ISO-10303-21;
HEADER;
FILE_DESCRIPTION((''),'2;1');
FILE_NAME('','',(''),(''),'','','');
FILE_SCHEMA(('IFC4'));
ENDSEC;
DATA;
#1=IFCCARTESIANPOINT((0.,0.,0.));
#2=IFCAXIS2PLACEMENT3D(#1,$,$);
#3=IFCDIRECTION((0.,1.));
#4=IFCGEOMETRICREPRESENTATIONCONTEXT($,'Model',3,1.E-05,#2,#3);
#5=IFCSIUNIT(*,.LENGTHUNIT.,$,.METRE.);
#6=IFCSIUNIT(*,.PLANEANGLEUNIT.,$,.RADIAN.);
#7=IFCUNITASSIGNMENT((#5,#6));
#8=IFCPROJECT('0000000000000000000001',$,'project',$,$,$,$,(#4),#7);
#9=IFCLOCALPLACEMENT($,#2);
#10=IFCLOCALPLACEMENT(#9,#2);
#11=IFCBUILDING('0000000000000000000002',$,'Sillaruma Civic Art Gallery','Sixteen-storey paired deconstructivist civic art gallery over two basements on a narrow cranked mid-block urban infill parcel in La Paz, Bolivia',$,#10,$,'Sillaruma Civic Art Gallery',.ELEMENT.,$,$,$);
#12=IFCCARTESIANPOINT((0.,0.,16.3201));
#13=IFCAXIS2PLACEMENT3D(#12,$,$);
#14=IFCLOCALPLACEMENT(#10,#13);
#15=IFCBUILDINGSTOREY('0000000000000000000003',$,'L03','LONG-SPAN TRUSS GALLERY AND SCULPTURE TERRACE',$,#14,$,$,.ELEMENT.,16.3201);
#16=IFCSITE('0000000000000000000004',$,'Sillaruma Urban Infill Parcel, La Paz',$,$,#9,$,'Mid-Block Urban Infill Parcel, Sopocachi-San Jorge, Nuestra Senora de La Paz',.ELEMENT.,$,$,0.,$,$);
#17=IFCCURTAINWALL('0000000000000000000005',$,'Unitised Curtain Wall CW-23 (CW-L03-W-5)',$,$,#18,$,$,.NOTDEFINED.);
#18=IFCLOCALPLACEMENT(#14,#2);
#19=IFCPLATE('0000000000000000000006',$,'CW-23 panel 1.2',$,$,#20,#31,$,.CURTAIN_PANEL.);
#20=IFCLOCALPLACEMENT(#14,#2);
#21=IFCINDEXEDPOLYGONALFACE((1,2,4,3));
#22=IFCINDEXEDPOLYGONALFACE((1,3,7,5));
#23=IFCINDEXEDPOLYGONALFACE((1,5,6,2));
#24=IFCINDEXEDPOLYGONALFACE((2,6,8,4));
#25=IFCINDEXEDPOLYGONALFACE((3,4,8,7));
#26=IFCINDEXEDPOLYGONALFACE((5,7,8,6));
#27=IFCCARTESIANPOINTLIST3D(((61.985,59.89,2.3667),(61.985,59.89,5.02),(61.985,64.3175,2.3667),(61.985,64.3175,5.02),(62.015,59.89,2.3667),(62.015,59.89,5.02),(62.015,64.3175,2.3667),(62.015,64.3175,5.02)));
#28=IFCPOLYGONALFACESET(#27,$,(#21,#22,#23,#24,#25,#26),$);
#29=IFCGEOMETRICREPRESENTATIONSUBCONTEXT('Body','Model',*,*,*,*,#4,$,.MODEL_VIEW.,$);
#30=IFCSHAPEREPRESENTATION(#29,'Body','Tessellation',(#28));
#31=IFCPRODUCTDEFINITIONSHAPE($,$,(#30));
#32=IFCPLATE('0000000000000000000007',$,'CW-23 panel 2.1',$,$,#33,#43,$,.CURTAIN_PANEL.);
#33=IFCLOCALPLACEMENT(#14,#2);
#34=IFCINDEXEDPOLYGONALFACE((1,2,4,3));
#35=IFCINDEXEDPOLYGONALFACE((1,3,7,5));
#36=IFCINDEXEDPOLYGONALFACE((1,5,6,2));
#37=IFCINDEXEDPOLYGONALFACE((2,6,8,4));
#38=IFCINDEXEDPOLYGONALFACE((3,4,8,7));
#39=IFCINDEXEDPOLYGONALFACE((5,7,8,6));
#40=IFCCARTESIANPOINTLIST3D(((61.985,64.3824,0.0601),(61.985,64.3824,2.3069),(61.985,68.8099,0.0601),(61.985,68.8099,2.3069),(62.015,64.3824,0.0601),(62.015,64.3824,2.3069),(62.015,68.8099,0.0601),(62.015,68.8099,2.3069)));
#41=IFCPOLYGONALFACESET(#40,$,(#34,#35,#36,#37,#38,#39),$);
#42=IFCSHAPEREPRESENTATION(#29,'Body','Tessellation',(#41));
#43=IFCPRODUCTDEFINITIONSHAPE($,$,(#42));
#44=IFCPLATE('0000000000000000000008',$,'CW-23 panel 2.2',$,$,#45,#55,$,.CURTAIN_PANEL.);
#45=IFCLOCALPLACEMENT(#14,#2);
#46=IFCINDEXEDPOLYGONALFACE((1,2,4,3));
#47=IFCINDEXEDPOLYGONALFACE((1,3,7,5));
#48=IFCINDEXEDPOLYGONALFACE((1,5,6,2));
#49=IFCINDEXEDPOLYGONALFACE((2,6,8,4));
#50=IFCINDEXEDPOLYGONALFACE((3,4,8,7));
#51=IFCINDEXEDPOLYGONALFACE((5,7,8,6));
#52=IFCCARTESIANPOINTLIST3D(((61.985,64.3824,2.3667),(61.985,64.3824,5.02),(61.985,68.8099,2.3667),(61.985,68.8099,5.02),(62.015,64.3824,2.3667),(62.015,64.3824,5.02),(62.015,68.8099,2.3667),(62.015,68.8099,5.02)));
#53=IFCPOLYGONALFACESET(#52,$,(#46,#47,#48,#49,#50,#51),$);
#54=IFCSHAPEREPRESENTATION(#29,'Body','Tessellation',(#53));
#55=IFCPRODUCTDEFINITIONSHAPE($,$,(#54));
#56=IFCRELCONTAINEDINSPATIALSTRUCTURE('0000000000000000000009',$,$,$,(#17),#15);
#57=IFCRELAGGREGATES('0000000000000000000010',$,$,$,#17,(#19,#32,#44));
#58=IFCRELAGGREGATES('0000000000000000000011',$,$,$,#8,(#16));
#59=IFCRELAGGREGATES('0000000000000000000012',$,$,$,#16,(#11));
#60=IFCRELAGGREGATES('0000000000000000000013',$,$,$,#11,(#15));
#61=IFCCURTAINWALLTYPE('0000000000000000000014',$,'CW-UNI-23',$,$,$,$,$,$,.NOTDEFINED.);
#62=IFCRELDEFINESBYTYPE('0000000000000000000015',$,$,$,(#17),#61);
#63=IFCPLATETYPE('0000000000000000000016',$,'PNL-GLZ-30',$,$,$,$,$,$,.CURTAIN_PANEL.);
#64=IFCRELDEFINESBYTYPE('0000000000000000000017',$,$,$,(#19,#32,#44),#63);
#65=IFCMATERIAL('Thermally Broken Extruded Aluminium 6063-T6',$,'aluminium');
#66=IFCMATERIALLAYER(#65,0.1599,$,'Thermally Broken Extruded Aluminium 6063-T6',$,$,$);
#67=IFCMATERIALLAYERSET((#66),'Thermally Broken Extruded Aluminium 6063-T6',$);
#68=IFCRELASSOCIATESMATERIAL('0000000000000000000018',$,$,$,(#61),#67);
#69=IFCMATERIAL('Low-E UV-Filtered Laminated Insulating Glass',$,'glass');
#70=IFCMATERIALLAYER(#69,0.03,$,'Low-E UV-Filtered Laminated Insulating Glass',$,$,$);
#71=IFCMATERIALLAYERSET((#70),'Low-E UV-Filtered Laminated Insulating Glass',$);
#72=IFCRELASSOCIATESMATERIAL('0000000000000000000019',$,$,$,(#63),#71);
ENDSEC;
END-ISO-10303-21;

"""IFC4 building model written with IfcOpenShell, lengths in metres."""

from ifc_helpers import new_model, si_unit, direction, frame, origin, origin_2d, place, context, subcontext, project, spatial, rectangle, extrude, material, layer, layer_set, type_object, element, aggregate, save


model = new_model("IFC4")

# Units and contexts
model_context = context("Model", 3, precision=1e-05, world=origin(), true_north=direction((0.0, 1.0)))
body_context = subcontext(model_context, "Body", "Model", "MODEL_VIEW")
ifc_project = project(units=[si_unit("LENGTHUNIT", "METRE"), si_unit("PLANEANGLEUNIT", "RADIAN")], contexts=[model_context])

# Site, building, storey
site_placement = place(None, origin())
site = spatial("IfcSite", under=ifc_project, at=site_placement, Name="Sillaruma Urban Infill Parcel, La Paz", LongName="Mid-Block Urban Infill Parcel, Sopocachi-San Jorge, Nuestra Senora de La Paz", CompositionType="ELEMENT", RefElevation=0.0)
building_placement = place(site_placement, origin())
building = spatial("IfcBuilding", under=site, at=building_placement, Name="Sillaruma Civic Art Gallery", Description="Sixteen-storey paired deconstructivist civic art gallery over two basements on a narrow cranked mid-block urban infill parcel in La Paz, Bolivia", LongName="Sillaruma Civic Art Gallery", CompositionType="ELEMENT")
storey_placement = place(building_placement, frame((0.0, 0.0, 16.3201)))
storey = spatial("IfcBuildingStorey", under=building, at=storey_placement, Name="L03", Description="LONG-SPAN TRUSS GALLERY AND SCULPTURE TERRACE", CompositionType="ELEMENT", Elevation=16.3201)

# Curtain wall
ifc_material_1 = material(Name="Thermally Broken Extruded Aluminium 6063-T6", Category="aluminium")
ifc_layer_1 = layer(ifc_material_1, 0.1599, Name="Thermally Broken Extruded Aluminium 6063-T6")
ifc_layer_set_1 = layer_set([ifc_layer_1], Name="Thermally Broken Extruded Aluminium 6063-T6")
curtain_wall_type_1 = type_object("IfcCurtainWallType", Name="CW-UNI-23", PredefinedType="NOTDEFINED", material=ifc_layer_set_1)
curtain_wall_1_placement = place(storey_placement, origin())
curtain_wall_1 = element("IfcCurtainWall", 1, at=curtain_wall_1_placement, inside=storey, type_object=curtain_wall_type_1, Name="Unitised Curtain Wall CW-23 (CW-L03-W-5)", PredefinedType="NOTDEFINED")

# Plates
ifc_material_2 = material(Name="Low-E UV-Filtered Laminated Insulating Glass", Category="glass")
ifc_layer_2 = layer(ifc_material_2, 0.03, Name="Low-E UV-Filtered Laminated Insulating Glass")
ifc_layer_set_2 = layer_set([ifc_layer_2], Name="Low-E UV-Filtered Laminated Insulating Glass")
plate_type = type_object("IfcPlateType", Name="PNL-GLZ-30", PredefinedType="CURTAIN_PANEL", material=ifc_layer_set_2)
plate_1_placement = place(storey_placement, frame((62.0, 62.1038, 2.3667), z_axis=(0.0, 0.0, 1.0), x_axis=(0.0, 1.0, 0.0)))
plate_1 = element("IfcPlate", 2, at=plate_1_placement, type_object=plate_type, Name="CW-23 panel 1.2", PredefinedType="CURTAIN_PANEL", context=body_context, shape_type="SweptSolid", body=[
    extrude(rectangle(XDim=4.4275, YDim=0.03, at=origin_2d()), origin(), (0.0, 0.0, 1.0), 2.6533),
])
plate_2_placement = place(storey_placement, frame((62.0, 66.5962, 0.0601), z_axis=(0.0, 0.0, 1.0), x_axis=(0.0, 1.0, 0.0)))
plate_2 = element("IfcPlate", 3, at=plate_2_placement, type_object=plate_type, Name="CW-23 panel 2.1", PredefinedType="CURTAIN_PANEL", context=body_context, shape_type="SweptSolid", body=[
    extrude(rectangle(XDim=4.4275, YDim=0.03, at=origin_2d()), origin(), (0.0, 0.0, 1.0), 2.2468),
])
plate_3_placement = place(storey_placement, frame((62.0, 66.5962, 2.3667), z_axis=(0.0, 0.0, 1.0), x_axis=(0.0, 1.0, 0.0)))
plate_3 = element("IfcPlate", 4, at=plate_3_placement, type_object=plate_type, Name="CW-23 panel 2.2", PredefinedType="CURTAIN_PANEL", context=body_context, shape_type="SweptSolid", body=[
    extrude(rectangle(XDim=4.4275, YDim=0.03, at=origin_2d()), origin(), (0.0, 0.0, 1.0), 2.6533),
])
aggregate(curtain_wall_1, [plate_1, plate_2, plate_3])

save(model, "model.ifc")
